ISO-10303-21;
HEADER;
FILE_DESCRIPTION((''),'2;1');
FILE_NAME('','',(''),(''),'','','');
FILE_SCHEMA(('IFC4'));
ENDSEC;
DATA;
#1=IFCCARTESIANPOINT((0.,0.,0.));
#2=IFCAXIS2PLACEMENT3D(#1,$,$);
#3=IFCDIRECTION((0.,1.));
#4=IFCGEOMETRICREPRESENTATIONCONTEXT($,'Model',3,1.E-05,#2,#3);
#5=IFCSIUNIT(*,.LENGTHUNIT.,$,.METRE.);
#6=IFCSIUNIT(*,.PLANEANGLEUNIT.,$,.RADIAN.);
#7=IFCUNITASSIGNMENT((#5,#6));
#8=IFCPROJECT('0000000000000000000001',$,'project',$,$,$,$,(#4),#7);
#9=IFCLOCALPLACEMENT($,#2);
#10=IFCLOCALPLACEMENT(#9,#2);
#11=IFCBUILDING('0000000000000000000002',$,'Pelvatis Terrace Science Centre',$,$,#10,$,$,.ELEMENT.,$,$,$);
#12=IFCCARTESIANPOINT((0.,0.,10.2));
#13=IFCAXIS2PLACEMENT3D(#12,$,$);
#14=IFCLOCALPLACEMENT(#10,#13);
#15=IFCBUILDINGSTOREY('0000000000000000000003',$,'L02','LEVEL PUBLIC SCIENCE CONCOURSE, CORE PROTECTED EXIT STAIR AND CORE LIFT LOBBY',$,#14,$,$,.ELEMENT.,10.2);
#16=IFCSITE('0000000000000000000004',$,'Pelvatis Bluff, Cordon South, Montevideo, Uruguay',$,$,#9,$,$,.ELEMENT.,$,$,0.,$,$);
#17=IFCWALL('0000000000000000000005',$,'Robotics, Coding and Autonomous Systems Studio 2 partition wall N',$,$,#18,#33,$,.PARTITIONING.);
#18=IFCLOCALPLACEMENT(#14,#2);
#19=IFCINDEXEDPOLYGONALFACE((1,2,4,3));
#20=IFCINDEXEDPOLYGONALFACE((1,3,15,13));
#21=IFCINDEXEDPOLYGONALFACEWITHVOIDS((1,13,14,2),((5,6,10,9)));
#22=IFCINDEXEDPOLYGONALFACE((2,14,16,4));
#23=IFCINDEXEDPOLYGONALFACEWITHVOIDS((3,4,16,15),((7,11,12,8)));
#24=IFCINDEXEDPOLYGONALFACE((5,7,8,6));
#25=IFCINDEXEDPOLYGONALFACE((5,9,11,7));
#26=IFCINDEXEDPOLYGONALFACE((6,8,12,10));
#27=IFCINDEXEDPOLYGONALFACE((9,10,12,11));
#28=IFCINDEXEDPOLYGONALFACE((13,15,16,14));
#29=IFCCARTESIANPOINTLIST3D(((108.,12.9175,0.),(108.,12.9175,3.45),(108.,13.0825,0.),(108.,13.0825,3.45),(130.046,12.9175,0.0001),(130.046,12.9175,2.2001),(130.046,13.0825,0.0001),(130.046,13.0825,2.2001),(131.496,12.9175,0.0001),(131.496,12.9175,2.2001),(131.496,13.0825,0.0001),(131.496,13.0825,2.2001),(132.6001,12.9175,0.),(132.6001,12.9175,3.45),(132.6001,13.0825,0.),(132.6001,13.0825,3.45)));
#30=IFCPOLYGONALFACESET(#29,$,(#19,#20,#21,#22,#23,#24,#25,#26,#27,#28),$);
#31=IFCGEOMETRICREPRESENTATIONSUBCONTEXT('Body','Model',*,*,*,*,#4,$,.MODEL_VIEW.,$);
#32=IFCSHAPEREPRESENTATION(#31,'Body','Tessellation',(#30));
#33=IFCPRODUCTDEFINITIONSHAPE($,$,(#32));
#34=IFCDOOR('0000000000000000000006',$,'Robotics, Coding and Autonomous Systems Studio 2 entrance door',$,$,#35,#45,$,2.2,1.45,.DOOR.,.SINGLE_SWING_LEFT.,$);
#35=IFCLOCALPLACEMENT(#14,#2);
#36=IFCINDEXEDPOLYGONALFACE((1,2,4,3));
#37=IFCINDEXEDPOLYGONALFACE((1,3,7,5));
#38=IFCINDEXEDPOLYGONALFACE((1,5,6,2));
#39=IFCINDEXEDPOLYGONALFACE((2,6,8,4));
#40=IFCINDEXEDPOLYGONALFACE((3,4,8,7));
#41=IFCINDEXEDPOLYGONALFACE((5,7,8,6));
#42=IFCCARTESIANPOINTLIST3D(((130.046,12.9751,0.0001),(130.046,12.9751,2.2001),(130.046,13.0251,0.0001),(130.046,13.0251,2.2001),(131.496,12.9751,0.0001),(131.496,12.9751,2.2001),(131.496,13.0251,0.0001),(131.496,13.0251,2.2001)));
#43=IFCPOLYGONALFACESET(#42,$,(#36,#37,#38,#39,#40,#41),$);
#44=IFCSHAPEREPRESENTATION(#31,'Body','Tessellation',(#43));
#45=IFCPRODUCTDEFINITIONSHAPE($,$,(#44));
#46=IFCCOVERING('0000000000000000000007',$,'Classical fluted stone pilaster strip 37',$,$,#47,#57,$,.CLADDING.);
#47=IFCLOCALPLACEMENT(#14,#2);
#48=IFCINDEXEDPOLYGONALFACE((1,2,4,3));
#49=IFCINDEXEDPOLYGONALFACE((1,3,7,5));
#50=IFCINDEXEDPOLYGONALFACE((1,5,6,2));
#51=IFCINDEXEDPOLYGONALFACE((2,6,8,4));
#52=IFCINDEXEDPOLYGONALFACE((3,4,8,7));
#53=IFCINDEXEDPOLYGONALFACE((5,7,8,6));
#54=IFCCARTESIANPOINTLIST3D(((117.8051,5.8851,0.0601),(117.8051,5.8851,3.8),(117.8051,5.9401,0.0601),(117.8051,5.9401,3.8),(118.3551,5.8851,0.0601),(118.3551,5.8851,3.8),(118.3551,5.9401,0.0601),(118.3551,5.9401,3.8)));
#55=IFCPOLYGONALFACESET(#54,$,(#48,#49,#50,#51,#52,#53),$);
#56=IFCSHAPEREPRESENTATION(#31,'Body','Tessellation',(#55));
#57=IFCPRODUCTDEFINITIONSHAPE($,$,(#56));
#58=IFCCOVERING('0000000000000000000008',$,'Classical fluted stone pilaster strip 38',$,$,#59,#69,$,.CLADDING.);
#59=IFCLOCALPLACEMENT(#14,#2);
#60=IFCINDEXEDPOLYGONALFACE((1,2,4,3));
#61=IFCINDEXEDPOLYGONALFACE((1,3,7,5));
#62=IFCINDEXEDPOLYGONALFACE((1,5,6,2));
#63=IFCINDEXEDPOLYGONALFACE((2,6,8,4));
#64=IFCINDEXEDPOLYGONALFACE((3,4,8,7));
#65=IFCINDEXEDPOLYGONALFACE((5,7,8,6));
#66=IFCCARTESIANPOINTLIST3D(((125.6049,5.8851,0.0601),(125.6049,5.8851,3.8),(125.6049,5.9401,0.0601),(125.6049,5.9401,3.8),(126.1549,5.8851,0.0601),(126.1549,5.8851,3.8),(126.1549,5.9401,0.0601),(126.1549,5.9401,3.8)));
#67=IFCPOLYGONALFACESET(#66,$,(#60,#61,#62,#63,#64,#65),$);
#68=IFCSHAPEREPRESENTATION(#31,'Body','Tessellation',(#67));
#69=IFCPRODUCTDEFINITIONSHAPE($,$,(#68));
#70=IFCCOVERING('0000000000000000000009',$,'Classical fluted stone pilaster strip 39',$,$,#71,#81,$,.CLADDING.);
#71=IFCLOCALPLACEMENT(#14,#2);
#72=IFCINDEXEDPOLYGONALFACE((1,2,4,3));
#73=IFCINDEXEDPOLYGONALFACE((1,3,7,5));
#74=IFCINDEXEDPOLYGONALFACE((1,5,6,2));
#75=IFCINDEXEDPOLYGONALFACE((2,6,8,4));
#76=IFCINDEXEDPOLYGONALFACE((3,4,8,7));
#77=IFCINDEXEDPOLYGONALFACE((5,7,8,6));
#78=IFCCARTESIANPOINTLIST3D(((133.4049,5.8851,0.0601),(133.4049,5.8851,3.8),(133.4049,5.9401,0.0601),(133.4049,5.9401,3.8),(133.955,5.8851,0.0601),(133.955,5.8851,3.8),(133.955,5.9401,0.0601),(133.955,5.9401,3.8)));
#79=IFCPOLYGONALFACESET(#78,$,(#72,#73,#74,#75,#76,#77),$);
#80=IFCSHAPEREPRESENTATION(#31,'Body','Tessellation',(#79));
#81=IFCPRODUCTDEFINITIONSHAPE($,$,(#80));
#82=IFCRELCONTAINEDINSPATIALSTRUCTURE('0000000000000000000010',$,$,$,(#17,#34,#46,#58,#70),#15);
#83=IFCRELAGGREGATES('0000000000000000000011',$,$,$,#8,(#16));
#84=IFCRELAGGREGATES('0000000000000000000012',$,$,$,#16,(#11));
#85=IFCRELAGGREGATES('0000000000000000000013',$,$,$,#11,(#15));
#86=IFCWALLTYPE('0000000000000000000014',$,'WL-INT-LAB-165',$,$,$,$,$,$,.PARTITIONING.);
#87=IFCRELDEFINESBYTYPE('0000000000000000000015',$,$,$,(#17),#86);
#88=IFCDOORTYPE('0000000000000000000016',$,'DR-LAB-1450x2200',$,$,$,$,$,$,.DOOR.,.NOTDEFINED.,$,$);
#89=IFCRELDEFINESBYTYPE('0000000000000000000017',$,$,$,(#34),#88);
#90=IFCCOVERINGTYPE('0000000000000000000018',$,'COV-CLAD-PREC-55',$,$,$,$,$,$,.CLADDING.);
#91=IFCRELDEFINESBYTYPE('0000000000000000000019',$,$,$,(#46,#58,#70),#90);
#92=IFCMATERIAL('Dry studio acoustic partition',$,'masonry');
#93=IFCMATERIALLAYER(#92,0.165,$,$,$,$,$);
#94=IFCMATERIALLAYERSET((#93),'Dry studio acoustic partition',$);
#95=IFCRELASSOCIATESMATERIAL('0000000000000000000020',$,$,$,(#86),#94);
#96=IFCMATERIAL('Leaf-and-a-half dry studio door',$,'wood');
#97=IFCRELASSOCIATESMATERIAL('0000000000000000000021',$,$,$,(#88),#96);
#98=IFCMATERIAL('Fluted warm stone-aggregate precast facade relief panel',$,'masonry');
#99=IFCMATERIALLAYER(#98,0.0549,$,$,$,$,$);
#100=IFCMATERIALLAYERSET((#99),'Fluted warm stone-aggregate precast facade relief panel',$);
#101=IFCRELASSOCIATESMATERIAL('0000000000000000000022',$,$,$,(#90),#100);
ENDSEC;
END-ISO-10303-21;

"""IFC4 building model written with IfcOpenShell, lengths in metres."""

from ifc_helpers import new_model, si_unit, direction, frame, frame_2d, origin, origin_2d, place, context, subcontext, project, spatial, rectangle, extrude, material, layer, layer_set, type_object, element, fill, save


model = new_model("IFC4")

# Units and contexts
model_context = context("Model", 3, precision=1e-05, world=origin(), true_north=direction((0.0, 1.0)))
body_context = subcontext(model_context, "Body", "Model", "MODEL_VIEW")
ifc_project = project(units=[si_unit("LENGTHUNIT", "METRE"), si_unit("PLANEANGLEUNIT", "RADIAN")], contexts=[model_context])

# Site, building, storey
site_placement = place(None, origin())
site = spatial("IfcSite", under=ifc_project, at=site_placement, Name="Pelvatis Bluff, Cordon South, Montevideo, Uruguay", CompositionType="ELEMENT", RefElevation=0.0)
building_placement = place(site_placement, origin())
building = spatial("IfcBuilding", under=site, at=building_placement, Name="Pelvatis Terrace Science Centre", CompositionType="ELEMENT")
storey_placement = place(building_placement, frame((0.0, 0.0, 10.2)))
storey = spatial("IfcBuildingStorey", under=building, at=storey_placement, Name="L02", Description="LEVEL PUBLIC SCIENCE CONCOURSE, CORE PROTECTED EXIT STAIR AND CORE LIFT LOBBY", CompositionType="ELEMENT", Elevation=10.2)

# Shared definitions
ifc_material_1 = material(Name="Dry studio acoustic partition", Category="masonry")
ifc_layer_1 = layer(ifc_material_1, 0.165)
ifc_layer_set_1 = layer_set([ifc_layer_1], Name="Dry studio acoustic partition")
wall_type = type_object("IfcWallType", Name="WL-INT-LAB-165", PredefinedType="PARTITIONING", material=ifc_layer_set_1)

# Wall, opening, door
wall_1_placement = place(storey_placement, frame((132.6001, 13.0, 0.0), z_axis=(0.0, 0.0, 1.0), x_axis=(-1.0, 0.0, 0.0)))
wall_1 = element("IfcWall", 1, at=wall_1_placement, inside=storey, type_object=wall_type, Name="Robotics, Coding and Autonomous Systems Studio 2 partition wall N", PredefinedType="PARTITIONING", context=body_context, shape_type="SweptSolid", body=[
    extrude(rectangle(XDim=24.6001, YDim=0.165, at=frame_2d((12.3, 0.0))), origin(), (0.0, 0.0, 1.0), 3.45),
])
opening_placement = place(wall_1_placement, frame((1.104, 0.0, 0.0)))
opening = element("IfcOpeningElement", 2, at=opening_placement, cuts=wall_1, PredefinedType="OPENING", context=body_context, shape_type="SweptSolid", body=[
    extrude(rectangle(XDim=1.45, YDim=2.2, at=frame_2d((0.7251, 1.1001))), frame((0.0, 0.0925, 0.0), z_axis=(0.0, -1.0, 0.0), x_axis=(1.0, 0.0, 0.0)), (0.0, 0.0, 1.0), 0.1851),
])
ifc_material_2 = material(Name="Leaf-and-a-half dry studio door", Category="wood")
door_type = type_object("IfcDoorType", Name="DR-LAB-1450x2200", OperationType="NOTDEFINED", PredefinedType="DOOR", material=ifc_material_2)
door_placement = place(opening_placement, origin())
door = element("IfcDoor", 3, at=door_placement, inside=storey, type_object=door_type, Name="Robotics, Coding and Autonomous Systems Studio 2 entrance door", OperationType="SINGLE_SWING_LEFT", OverallHeight=2.2, OverallWidth=1.45, PredefinedType="DOOR", context=body_context, shape_type="SweptSolid", body=[
    extrude(rectangle(XDim=1.45, YDim=2.2, at=frame_2d((0.7251, 1.1001))), frame((0.0, 0.0249, 0.0), z_axis=(0.0, -1.0, 0.0), x_axis=(1.0, 0.0, 0.0)), (0.0, 0.0, 1.0), 0.05),
])
fill(opening, door)

# Coverings
ifc_material_3 = material(Name="Fluted warm stone-aggregate precast facade relief panel", Category="masonry")
ifc_layer_2 = layer(ifc_material_3, 0.0549)
ifc_layer_set_2 = layer_set([ifc_layer_2], Name="Fluted warm stone-aggregate precast facade relief panel")
covering_type = type_object("IfcCoveringType", Name="COV-CLAD-PREC-55", PredefinedType="CLADDING", material=ifc_layer_set_2)
for number, where, z_axis, x_axis, name in (
    (4, (118.0801, 5.9126, 0.0601), (0.0, 0.0, 1.0), (1.0, 0.0, 0.0), "Classical fluted stone pilaster strip 37"),
    (5, (125.8799, 5.9126, 0.0601), (0.0, 0.0, 1.0), (1.0, 0.0, 0.0), "Classical fluted stone pilaster strip 38"),
    (6, (133.6799, 5.9126, 0.0601), (0.0, 0.0, 1.0), (1.0, 0.0, 0.0), "Classical fluted stone pilaster strip 39"),
):
    element("IfcCovering", number, at=place(storey_placement, frame(where, z_axis=z_axis, x_axis=x_axis)), inside=storey, type_object=covering_type, Name=name, PredefinedType="CLADDING", context=body_context, shape_type="SweptSolid", body=[
        extrude(rectangle(XDim=0.55, YDim=0.0549, at=origin_2d()), origin(), (0.0, 0.0, 1.0), 3.74),
    ])

save(model, "model.ifc")
